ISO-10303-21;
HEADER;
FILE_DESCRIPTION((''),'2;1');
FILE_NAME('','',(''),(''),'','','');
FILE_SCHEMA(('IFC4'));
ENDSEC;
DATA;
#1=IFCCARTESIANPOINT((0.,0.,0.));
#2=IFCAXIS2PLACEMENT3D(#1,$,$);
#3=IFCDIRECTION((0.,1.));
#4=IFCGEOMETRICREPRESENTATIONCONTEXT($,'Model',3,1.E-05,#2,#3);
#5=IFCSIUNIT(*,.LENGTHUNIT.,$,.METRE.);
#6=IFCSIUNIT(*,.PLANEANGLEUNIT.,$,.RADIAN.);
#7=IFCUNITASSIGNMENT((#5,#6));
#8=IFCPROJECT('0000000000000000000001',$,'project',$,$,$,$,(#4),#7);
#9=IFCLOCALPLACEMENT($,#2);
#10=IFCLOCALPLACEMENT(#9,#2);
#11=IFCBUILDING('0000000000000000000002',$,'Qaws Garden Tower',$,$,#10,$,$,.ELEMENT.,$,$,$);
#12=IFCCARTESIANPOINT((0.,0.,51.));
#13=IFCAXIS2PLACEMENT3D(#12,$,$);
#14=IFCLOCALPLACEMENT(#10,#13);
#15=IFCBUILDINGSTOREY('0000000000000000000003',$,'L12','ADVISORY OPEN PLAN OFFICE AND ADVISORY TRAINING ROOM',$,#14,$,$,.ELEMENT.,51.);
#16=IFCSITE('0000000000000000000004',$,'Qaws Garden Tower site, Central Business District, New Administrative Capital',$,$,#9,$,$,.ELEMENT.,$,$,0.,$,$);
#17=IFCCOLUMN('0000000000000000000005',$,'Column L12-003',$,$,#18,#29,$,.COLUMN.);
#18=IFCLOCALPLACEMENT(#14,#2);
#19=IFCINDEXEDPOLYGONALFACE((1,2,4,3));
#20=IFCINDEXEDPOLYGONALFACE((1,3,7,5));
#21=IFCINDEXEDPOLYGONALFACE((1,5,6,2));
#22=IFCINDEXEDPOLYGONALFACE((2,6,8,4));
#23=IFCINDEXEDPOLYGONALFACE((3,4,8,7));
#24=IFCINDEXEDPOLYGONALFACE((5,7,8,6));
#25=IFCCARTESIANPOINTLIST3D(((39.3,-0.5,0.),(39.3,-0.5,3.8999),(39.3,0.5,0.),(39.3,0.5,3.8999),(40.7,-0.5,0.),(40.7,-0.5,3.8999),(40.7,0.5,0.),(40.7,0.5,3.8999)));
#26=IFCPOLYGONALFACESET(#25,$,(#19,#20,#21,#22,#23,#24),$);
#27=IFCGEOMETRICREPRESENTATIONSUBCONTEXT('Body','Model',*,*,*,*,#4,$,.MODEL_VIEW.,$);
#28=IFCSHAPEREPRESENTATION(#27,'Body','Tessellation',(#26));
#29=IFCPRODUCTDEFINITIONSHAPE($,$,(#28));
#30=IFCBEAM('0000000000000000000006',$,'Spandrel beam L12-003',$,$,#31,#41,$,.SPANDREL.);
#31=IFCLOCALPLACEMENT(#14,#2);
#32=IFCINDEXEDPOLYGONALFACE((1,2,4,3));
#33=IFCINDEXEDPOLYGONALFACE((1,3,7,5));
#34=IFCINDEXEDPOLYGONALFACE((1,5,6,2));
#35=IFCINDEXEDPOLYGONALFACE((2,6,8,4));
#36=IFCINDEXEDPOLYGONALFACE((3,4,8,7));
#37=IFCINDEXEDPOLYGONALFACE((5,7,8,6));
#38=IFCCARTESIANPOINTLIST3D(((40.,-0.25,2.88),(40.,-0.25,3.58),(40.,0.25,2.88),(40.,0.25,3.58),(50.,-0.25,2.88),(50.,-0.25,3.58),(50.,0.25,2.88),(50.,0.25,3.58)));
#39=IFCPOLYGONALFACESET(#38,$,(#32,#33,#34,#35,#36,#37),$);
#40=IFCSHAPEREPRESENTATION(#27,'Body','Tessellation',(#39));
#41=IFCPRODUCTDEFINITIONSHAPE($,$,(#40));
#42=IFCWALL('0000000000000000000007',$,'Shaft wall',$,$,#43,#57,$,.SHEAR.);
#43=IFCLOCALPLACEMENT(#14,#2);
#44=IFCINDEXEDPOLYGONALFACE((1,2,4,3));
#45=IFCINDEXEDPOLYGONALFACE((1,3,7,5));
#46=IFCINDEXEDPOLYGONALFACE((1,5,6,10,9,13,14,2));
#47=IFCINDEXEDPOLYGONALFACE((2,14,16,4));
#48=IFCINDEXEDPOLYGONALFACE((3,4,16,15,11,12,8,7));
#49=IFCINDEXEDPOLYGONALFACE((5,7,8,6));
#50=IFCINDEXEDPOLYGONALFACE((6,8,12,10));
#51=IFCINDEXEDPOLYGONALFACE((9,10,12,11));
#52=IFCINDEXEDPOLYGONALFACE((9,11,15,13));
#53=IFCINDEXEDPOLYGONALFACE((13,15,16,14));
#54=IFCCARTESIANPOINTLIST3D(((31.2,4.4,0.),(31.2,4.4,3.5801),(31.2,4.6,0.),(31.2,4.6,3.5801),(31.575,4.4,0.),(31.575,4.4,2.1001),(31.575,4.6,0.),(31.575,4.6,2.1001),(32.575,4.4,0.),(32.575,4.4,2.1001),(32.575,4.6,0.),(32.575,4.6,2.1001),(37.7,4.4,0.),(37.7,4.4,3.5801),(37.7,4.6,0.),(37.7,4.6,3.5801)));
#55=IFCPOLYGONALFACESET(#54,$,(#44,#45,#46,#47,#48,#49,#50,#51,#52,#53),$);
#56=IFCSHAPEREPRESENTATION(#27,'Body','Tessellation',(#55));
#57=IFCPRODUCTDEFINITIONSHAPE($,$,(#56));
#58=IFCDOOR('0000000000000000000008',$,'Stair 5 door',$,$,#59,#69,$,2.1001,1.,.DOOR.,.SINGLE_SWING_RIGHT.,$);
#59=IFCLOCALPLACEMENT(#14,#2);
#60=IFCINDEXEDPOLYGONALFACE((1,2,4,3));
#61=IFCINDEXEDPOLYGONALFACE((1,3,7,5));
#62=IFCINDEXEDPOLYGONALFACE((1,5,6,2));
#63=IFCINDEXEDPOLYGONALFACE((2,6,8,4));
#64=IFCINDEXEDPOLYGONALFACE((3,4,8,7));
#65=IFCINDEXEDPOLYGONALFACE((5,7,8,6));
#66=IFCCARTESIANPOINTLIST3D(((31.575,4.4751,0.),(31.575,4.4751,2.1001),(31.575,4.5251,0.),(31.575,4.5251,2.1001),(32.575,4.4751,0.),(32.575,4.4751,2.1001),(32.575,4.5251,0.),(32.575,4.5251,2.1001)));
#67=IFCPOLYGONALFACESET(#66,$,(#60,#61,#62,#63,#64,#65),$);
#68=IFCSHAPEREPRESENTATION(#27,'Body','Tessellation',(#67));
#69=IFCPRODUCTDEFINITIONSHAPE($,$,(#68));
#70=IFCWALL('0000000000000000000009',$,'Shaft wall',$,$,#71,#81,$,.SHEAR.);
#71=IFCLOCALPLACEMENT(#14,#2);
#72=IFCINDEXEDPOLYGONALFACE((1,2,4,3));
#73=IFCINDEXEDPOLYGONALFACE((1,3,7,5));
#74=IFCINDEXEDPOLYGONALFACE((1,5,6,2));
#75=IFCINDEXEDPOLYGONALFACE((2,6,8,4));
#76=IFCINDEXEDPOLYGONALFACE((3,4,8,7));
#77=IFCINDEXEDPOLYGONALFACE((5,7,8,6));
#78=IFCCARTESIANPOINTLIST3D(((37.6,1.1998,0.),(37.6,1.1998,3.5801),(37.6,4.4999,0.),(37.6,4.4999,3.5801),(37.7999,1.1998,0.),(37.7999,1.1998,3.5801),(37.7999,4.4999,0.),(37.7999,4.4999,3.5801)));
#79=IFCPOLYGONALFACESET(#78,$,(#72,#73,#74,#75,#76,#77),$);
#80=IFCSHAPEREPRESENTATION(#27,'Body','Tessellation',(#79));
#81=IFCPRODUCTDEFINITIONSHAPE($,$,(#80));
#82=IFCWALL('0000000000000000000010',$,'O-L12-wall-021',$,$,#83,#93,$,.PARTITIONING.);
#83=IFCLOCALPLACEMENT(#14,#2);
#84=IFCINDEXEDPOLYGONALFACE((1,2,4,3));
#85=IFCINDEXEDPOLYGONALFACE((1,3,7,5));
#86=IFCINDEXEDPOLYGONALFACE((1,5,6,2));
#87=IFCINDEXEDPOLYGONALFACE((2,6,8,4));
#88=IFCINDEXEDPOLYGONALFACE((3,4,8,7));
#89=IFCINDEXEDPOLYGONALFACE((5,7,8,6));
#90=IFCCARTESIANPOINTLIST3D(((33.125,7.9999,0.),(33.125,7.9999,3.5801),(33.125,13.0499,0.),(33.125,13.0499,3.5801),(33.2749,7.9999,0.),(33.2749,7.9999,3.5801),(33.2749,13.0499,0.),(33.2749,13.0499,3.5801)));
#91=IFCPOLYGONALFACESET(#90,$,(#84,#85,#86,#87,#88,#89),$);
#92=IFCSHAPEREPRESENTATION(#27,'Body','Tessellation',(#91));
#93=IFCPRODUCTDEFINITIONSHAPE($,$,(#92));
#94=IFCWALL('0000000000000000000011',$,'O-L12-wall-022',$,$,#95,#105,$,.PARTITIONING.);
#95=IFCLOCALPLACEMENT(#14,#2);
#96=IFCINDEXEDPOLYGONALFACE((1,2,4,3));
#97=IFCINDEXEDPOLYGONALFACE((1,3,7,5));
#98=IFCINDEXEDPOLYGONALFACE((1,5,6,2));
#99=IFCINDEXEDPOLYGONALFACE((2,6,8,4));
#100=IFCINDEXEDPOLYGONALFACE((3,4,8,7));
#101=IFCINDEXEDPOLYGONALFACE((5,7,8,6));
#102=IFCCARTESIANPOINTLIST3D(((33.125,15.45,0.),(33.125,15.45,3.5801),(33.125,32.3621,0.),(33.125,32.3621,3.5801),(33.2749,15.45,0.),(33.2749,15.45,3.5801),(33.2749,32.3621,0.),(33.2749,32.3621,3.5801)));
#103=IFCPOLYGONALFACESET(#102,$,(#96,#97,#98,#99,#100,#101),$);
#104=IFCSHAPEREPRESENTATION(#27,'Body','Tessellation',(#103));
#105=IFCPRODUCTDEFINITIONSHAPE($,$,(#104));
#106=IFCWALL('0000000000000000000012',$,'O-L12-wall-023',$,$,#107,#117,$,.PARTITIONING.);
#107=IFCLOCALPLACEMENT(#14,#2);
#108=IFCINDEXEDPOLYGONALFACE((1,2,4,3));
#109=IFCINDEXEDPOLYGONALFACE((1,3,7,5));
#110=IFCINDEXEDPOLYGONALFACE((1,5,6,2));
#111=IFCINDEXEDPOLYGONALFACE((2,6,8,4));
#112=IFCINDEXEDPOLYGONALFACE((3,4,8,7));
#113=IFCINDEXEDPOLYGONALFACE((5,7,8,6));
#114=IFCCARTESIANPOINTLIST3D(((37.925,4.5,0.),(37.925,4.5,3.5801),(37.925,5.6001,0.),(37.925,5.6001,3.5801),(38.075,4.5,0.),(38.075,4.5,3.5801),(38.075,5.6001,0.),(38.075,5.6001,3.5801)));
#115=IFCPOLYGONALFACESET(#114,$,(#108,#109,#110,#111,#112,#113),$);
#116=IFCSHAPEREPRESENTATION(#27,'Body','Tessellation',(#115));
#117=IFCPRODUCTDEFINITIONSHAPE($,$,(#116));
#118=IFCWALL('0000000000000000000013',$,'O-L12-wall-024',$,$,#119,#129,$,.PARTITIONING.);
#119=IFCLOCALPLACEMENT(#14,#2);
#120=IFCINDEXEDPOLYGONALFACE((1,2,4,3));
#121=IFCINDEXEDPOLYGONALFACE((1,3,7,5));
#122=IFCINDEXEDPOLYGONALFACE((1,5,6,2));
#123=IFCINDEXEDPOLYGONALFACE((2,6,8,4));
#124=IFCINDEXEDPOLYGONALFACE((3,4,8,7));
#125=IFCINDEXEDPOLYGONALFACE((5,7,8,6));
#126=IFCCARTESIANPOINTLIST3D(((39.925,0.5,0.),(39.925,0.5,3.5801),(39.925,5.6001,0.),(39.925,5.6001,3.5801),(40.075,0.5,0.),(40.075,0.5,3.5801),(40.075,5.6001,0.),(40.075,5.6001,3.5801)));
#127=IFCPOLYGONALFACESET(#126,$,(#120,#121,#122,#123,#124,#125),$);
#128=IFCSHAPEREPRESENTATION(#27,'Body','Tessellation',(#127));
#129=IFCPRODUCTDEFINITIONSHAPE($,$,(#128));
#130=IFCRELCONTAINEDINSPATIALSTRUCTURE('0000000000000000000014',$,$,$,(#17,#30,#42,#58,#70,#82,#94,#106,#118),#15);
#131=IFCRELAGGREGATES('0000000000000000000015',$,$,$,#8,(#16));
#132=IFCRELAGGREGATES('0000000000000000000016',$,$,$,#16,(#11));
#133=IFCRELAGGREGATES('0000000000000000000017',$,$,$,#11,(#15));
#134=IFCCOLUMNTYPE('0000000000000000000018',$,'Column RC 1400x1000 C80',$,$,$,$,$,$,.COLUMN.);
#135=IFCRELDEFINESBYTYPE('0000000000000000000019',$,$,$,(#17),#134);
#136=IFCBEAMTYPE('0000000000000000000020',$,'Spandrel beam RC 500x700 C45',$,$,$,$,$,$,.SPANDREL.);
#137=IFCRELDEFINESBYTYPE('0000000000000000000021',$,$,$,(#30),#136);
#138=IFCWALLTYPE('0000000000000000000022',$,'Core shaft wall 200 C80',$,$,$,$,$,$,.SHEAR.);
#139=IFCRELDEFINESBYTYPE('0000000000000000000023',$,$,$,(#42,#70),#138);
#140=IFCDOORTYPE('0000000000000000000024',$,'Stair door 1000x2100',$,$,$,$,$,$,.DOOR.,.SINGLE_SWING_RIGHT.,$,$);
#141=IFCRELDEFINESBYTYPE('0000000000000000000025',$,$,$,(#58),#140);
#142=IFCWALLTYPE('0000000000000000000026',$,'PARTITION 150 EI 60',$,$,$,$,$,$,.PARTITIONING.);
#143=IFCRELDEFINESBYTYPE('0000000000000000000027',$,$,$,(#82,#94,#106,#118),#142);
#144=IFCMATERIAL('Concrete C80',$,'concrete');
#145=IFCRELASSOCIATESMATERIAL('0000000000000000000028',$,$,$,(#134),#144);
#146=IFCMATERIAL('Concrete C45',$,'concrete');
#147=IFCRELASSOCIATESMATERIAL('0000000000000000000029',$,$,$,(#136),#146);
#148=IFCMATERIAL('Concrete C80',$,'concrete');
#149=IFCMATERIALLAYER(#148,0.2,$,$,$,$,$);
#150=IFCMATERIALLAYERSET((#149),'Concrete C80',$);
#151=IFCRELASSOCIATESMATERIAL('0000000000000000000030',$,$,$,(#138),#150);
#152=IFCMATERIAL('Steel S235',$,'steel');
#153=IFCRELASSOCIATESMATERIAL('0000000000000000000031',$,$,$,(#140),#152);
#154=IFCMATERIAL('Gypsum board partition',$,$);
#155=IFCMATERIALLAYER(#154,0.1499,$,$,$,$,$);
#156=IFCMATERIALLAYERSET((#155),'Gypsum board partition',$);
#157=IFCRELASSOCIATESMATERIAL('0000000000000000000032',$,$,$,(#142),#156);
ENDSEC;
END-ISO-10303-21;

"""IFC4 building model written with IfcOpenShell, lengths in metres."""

from ifc_helpers import new_model, si_unit, direction, frame, frame_2d, origin, origin_2d, place, context, subcontext, project, spatial, rectangle, extrude, material, layer, layer_set, material_profile, profile_set, type_object, element, fill, save


model = new_model("IFC4")

# Units and contexts
model_context = context("Model", 3, precision=1e-05, world=origin(), true_north=direction((0.0, 1.0)))
body_context = subcontext(model_context, "Body", "Model", "MODEL_VIEW")
ifc_project = project(units=[si_unit("LENGTHUNIT", "METRE"), si_unit("PLANEANGLEUNIT", "RADIAN")], contexts=[model_context])

# Site, building, storey
site_placement = place(None, origin())
site = spatial("IfcSite", under=ifc_project, at=site_placement, Name="Qaws Garden Tower site, Central Business District, New Administrative Capital", CompositionType="ELEMENT", RefElevation=0.0)
building_placement = place(site_placement, origin())
building = spatial("IfcBuilding", under=site, at=building_placement, Name="Qaws Garden Tower", CompositionType="ELEMENT")
storey_placement = place(building_placement, frame((0.0, 0.0, 51.0)))
storey = spatial("IfcBuildingStorey", under=building, at=storey_placement, Name="L12", Description="ADVISORY OPEN PLAN OFFICE AND ADVISORY TRAINING ROOM", CompositionType="ELEMENT", Elevation=51.0)

# Column
ifc_material_1 = material(Name="Concrete C80", Category="concrete")
ifc_material_profile_1 = material_profile(ifc_material_1, rectangle(XDim=1.3999, YDim=1.0, at=origin_2d()), Name="RC 1400x1000")
ifc_profile_set_1 = profile_set([ifc_material_profile_1], Name="Concrete C80")
column_type = type_object("IfcColumnType", Name="Column RC 1400x1000 C80", PredefinedType="COLUMN", material=ifc_profile_set_1)
column_placement = place(storey_placement, frame((40.0, 0.0, 0.0), z_axis=(0.0, 0.0, 1.0), x_axis=(1.0, 0.0, 0.0)))
element("IfcColumn", 1, at=column_placement, inside=storey, type_object=column_type, Name="Column L12-003", PredefinedType="COLUMN", context=body_context, shape_type="SweptSolid", body=[
    extrude(rectangle(XDim=1.3999, YDim=1.0, at=origin_2d()), origin(), (0.0, 0.0, 1.0), 3.8999),
])

# Beam
ifc_material_2 = material(Name="Concrete C45", Category="concrete")
ifc_material_profile_2 = material_profile(ifc_material_2, rectangle(XDim=0.5, YDim=0.7, at=origin_2d()), Name="RC 500x700")
ifc_profile_set_2 = profile_set([ifc_material_profile_2], Name="Concrete C45")
beam_type = type_object("IfcBeamType", Name="Spandrel beam RC 500x700 C45", PredefinedType="SPANDREL", material=ifc_profile_set_2)
beam_placement = place(storey_placement, frame((40.0, 0.0, 3.23), z_axis=(1.0, 0.0, 0.0), x_axis=(0.0, 1.0, 0.0)))
element("IfcBeam", 2, at=beam_placement, inside=storey, type_object=beam_type, Name="Spandrel beam L12-003", PredefinedType="SPANDREL", context=body_context, shape_type="SweptSolid", body=[
    extrude(rectangle(XDim=0.5, YDim=0.7, at=origin_2d()), origin(), (0.0, 0.0, 1.0), 10.0),
])

# Wall, opening, door
ifc_material_3 = material(Name="Concrete C80", Category="concrete")
ifc_layer_1 = layer(ifc_material_3, 0.2)
ifc_layer_set_1 = layer_set([ifc_layer_1], Name="Concrete C80")
wall_type_1 = type_object("IfcWallType", Name="Core shaft wall 200 C80", PredefinedType="SHEAR", material=ifc_layer_set_1)
wall_1_placement = place(storey_placement, frame((31.2, 4.5, 0.0), z_axis=(0.0, 0.0, 1.0), x_axis=(1.0, 0.0, 0.0)))
wall_1 = element("IfcWall", 3, at=wall_1_placement, inside=storey, type_object=wall_type_1, Name="Shaft wall", PredefinedType="SHEAR", context=body_context, shape_type="SweptSolid", body=[
    extrude(rectangle(XDim=6.5, YDim=0.2, at=frame_2d((3.25, 0.0))), origin(), (0.0, 0.0, 1.0), 3.5801),
])
opening_1_placement = place(wall_1_placement, frame((0.375, 0.0, 0.0)))
opening_1 = element("IfcOpeningElement", 4, at=opening_1_placement, cuts=wall_1, PredefinedType="OPENING", context=body_context, shape_type="SweptSolid", body=[
    extrude(rectangle(XDim=1.0, YDim=2.1001, at=frame_2d((0.5, 1.05))), frame((0.0, 0.1099, 0.0), z_axis=(0.0, -1.0, 0.0), x_axis=(1.0, 0.0, 0.0)), (0.0, 0.0, 1.0), 0.22),
])
ifc_material_4 = material(Name="Steel S235", Category="steel")
door_type_1 = type_object("IfcDoorType", Name="Stair door 1000x2100", OperationType="SINGLE_SWING_RIGHT", PredefinedType="DOOR", material=ifc_material_4)
door_1_placement = place(opening_1_placement, frame((1.0, 0.0, 0.0), z_axis=(0.0, 0.0, 1.0), x_axis=(-1.0, 0.0, 0.0)))
door_1 = element("IfcDoor", 5, at=door_1_placement, inside=storey, type_object=door_type_1, Name="Stair 5 door", OperationType="SINGLE_SWING_RIGHT", OverallHeight=2.1001, OverallWidth=1.0, PredefinedType="DOOR", context=body_context, shape_type="SweptSolid", body=[
    extrude(rectangle(XDim=1.0, YDim=2.1001, at=frame_2d((0.5, 1.05))), frame((0.0, 0.0249, 0.0), z_axis=(0.0, -1.0, 0.0), x_axis=(1.0, 0.0, 0.0)), (0.0, 0.0, 1.0), 0.05),
])
fill(opening_1, door_1)

# Walls
wall_2_placement = place(storey_placement, frame((37.7, 1.2, 0.0), z_axis=(0.0, 0.0, 1.0), x_axis=(0.0, 1.0, 0.0)))
element("IfcWall", 6, at=wall_2_placement, inside=storey, type_object=wall_type_1, Name="Shaft wall", PredefinedType="SHEAR", context=body_context, shape_type="SweptSolid", body=[
    extrude(rectangle(XDim=3.3, YDim=0.2, at=frame_2d((1.6499, 0.0))), origin(), (0.0, 0.0, 1.0), 3.5801),
])
ifc_material_5 = material(Name="Gypsum board partition")
ifc_layer_2 = layer(ifc_material_5, 0.1499)
ifc_layer_set_2 = layer_set([ifc_layer_2], Name="Gypsum board partition")
wall_type_2 = type_object("IfcWallType", Name="PARTITION 150 EI 60", PredefinedType="PARTITIONING", material=ifc_layer_set_2)
wall_3_placement = place(storey_placement, frame((33.2, 8.0, 0.0), z_axis=(0.0, 0.0, 1.0), x_axis=(0.0, 1.0, 0.0)))
element("IfcWall", 7, at=wall_3_placement, inside=storey, type_object=wall_type_2, Name="O-L12-wall-021", PredefinedType="PARTITIONING", context=body_context, shape_type="SweptSolid", body=[
    extrude(rectangle(XDim=5.05, YDim=0.1499, at=frame_2d((2.5249, 0.0))), origin(), (0.0, 0.0, 1.0), 3.5801),
])
wall_4_placement = place(storey_placement, frame((33.2, 15.45, 0.0), z_axis=(0.0, 0.0, 1.0), x_axis=(0.0, 1.0, 0.0)))
element("IfcWall", 8, at=wall_4_placement, inside=storey, type_object=wall_type_2, Name="O-L12-wall-022", PredefinedType="PARTITIONING", context=body_context, shape_type="SweptSolid", body=[
    extrude(rectangle(XDim=16.9121, YDim=0.1499, at=frame_2d((8.4561, 0.0))), origin(), (0.0, 0.0, 1.0), 3.5801),
])
wall_5_placement = place(storey_placement, frame((38.0, 4.5, 0.0), z_axis=(0.0, 0.0, 1.0), x_axis=(0.0, 1.0, 0.0)))
element("IfcWall", 9, at=wall_5_placement, inside=storey, type_object=wall_type_2, Name="O-L12-wall-023", PredefinedType="PARTITIONING", context=body_context, shape_type="SweptSolid", body=[
    extrude(rectangle(XDim=1.1001, YDim=0.1499, at=frame_2d((0.55, 0.0))), origin(), (0.0, 0.0, 1.0), 3.5801),
])
wall_6_placement = place(storey_placement, frame((40.0, 0.5, 0.0), z_axis=(0.0, 0.0, 1.0), x_axis=(0.0, 1.0, 0.0)))
element("IfcWall", 10, at=wall_6_placement, inside=storey, type_object=wall_type_2, Name="O-L12-wall-024", PredefinedType="PARTITIONING", context=body_context, shape_type="SweptSolid", body=[
    extrude(rectangle(XDim=5.1001, YDim=0.1499, at=frame_2d((2.55, 0.0))), origin(), (0.0, 0.0, 1.0), 3.5801),
])

save(model, "model.ifc")
